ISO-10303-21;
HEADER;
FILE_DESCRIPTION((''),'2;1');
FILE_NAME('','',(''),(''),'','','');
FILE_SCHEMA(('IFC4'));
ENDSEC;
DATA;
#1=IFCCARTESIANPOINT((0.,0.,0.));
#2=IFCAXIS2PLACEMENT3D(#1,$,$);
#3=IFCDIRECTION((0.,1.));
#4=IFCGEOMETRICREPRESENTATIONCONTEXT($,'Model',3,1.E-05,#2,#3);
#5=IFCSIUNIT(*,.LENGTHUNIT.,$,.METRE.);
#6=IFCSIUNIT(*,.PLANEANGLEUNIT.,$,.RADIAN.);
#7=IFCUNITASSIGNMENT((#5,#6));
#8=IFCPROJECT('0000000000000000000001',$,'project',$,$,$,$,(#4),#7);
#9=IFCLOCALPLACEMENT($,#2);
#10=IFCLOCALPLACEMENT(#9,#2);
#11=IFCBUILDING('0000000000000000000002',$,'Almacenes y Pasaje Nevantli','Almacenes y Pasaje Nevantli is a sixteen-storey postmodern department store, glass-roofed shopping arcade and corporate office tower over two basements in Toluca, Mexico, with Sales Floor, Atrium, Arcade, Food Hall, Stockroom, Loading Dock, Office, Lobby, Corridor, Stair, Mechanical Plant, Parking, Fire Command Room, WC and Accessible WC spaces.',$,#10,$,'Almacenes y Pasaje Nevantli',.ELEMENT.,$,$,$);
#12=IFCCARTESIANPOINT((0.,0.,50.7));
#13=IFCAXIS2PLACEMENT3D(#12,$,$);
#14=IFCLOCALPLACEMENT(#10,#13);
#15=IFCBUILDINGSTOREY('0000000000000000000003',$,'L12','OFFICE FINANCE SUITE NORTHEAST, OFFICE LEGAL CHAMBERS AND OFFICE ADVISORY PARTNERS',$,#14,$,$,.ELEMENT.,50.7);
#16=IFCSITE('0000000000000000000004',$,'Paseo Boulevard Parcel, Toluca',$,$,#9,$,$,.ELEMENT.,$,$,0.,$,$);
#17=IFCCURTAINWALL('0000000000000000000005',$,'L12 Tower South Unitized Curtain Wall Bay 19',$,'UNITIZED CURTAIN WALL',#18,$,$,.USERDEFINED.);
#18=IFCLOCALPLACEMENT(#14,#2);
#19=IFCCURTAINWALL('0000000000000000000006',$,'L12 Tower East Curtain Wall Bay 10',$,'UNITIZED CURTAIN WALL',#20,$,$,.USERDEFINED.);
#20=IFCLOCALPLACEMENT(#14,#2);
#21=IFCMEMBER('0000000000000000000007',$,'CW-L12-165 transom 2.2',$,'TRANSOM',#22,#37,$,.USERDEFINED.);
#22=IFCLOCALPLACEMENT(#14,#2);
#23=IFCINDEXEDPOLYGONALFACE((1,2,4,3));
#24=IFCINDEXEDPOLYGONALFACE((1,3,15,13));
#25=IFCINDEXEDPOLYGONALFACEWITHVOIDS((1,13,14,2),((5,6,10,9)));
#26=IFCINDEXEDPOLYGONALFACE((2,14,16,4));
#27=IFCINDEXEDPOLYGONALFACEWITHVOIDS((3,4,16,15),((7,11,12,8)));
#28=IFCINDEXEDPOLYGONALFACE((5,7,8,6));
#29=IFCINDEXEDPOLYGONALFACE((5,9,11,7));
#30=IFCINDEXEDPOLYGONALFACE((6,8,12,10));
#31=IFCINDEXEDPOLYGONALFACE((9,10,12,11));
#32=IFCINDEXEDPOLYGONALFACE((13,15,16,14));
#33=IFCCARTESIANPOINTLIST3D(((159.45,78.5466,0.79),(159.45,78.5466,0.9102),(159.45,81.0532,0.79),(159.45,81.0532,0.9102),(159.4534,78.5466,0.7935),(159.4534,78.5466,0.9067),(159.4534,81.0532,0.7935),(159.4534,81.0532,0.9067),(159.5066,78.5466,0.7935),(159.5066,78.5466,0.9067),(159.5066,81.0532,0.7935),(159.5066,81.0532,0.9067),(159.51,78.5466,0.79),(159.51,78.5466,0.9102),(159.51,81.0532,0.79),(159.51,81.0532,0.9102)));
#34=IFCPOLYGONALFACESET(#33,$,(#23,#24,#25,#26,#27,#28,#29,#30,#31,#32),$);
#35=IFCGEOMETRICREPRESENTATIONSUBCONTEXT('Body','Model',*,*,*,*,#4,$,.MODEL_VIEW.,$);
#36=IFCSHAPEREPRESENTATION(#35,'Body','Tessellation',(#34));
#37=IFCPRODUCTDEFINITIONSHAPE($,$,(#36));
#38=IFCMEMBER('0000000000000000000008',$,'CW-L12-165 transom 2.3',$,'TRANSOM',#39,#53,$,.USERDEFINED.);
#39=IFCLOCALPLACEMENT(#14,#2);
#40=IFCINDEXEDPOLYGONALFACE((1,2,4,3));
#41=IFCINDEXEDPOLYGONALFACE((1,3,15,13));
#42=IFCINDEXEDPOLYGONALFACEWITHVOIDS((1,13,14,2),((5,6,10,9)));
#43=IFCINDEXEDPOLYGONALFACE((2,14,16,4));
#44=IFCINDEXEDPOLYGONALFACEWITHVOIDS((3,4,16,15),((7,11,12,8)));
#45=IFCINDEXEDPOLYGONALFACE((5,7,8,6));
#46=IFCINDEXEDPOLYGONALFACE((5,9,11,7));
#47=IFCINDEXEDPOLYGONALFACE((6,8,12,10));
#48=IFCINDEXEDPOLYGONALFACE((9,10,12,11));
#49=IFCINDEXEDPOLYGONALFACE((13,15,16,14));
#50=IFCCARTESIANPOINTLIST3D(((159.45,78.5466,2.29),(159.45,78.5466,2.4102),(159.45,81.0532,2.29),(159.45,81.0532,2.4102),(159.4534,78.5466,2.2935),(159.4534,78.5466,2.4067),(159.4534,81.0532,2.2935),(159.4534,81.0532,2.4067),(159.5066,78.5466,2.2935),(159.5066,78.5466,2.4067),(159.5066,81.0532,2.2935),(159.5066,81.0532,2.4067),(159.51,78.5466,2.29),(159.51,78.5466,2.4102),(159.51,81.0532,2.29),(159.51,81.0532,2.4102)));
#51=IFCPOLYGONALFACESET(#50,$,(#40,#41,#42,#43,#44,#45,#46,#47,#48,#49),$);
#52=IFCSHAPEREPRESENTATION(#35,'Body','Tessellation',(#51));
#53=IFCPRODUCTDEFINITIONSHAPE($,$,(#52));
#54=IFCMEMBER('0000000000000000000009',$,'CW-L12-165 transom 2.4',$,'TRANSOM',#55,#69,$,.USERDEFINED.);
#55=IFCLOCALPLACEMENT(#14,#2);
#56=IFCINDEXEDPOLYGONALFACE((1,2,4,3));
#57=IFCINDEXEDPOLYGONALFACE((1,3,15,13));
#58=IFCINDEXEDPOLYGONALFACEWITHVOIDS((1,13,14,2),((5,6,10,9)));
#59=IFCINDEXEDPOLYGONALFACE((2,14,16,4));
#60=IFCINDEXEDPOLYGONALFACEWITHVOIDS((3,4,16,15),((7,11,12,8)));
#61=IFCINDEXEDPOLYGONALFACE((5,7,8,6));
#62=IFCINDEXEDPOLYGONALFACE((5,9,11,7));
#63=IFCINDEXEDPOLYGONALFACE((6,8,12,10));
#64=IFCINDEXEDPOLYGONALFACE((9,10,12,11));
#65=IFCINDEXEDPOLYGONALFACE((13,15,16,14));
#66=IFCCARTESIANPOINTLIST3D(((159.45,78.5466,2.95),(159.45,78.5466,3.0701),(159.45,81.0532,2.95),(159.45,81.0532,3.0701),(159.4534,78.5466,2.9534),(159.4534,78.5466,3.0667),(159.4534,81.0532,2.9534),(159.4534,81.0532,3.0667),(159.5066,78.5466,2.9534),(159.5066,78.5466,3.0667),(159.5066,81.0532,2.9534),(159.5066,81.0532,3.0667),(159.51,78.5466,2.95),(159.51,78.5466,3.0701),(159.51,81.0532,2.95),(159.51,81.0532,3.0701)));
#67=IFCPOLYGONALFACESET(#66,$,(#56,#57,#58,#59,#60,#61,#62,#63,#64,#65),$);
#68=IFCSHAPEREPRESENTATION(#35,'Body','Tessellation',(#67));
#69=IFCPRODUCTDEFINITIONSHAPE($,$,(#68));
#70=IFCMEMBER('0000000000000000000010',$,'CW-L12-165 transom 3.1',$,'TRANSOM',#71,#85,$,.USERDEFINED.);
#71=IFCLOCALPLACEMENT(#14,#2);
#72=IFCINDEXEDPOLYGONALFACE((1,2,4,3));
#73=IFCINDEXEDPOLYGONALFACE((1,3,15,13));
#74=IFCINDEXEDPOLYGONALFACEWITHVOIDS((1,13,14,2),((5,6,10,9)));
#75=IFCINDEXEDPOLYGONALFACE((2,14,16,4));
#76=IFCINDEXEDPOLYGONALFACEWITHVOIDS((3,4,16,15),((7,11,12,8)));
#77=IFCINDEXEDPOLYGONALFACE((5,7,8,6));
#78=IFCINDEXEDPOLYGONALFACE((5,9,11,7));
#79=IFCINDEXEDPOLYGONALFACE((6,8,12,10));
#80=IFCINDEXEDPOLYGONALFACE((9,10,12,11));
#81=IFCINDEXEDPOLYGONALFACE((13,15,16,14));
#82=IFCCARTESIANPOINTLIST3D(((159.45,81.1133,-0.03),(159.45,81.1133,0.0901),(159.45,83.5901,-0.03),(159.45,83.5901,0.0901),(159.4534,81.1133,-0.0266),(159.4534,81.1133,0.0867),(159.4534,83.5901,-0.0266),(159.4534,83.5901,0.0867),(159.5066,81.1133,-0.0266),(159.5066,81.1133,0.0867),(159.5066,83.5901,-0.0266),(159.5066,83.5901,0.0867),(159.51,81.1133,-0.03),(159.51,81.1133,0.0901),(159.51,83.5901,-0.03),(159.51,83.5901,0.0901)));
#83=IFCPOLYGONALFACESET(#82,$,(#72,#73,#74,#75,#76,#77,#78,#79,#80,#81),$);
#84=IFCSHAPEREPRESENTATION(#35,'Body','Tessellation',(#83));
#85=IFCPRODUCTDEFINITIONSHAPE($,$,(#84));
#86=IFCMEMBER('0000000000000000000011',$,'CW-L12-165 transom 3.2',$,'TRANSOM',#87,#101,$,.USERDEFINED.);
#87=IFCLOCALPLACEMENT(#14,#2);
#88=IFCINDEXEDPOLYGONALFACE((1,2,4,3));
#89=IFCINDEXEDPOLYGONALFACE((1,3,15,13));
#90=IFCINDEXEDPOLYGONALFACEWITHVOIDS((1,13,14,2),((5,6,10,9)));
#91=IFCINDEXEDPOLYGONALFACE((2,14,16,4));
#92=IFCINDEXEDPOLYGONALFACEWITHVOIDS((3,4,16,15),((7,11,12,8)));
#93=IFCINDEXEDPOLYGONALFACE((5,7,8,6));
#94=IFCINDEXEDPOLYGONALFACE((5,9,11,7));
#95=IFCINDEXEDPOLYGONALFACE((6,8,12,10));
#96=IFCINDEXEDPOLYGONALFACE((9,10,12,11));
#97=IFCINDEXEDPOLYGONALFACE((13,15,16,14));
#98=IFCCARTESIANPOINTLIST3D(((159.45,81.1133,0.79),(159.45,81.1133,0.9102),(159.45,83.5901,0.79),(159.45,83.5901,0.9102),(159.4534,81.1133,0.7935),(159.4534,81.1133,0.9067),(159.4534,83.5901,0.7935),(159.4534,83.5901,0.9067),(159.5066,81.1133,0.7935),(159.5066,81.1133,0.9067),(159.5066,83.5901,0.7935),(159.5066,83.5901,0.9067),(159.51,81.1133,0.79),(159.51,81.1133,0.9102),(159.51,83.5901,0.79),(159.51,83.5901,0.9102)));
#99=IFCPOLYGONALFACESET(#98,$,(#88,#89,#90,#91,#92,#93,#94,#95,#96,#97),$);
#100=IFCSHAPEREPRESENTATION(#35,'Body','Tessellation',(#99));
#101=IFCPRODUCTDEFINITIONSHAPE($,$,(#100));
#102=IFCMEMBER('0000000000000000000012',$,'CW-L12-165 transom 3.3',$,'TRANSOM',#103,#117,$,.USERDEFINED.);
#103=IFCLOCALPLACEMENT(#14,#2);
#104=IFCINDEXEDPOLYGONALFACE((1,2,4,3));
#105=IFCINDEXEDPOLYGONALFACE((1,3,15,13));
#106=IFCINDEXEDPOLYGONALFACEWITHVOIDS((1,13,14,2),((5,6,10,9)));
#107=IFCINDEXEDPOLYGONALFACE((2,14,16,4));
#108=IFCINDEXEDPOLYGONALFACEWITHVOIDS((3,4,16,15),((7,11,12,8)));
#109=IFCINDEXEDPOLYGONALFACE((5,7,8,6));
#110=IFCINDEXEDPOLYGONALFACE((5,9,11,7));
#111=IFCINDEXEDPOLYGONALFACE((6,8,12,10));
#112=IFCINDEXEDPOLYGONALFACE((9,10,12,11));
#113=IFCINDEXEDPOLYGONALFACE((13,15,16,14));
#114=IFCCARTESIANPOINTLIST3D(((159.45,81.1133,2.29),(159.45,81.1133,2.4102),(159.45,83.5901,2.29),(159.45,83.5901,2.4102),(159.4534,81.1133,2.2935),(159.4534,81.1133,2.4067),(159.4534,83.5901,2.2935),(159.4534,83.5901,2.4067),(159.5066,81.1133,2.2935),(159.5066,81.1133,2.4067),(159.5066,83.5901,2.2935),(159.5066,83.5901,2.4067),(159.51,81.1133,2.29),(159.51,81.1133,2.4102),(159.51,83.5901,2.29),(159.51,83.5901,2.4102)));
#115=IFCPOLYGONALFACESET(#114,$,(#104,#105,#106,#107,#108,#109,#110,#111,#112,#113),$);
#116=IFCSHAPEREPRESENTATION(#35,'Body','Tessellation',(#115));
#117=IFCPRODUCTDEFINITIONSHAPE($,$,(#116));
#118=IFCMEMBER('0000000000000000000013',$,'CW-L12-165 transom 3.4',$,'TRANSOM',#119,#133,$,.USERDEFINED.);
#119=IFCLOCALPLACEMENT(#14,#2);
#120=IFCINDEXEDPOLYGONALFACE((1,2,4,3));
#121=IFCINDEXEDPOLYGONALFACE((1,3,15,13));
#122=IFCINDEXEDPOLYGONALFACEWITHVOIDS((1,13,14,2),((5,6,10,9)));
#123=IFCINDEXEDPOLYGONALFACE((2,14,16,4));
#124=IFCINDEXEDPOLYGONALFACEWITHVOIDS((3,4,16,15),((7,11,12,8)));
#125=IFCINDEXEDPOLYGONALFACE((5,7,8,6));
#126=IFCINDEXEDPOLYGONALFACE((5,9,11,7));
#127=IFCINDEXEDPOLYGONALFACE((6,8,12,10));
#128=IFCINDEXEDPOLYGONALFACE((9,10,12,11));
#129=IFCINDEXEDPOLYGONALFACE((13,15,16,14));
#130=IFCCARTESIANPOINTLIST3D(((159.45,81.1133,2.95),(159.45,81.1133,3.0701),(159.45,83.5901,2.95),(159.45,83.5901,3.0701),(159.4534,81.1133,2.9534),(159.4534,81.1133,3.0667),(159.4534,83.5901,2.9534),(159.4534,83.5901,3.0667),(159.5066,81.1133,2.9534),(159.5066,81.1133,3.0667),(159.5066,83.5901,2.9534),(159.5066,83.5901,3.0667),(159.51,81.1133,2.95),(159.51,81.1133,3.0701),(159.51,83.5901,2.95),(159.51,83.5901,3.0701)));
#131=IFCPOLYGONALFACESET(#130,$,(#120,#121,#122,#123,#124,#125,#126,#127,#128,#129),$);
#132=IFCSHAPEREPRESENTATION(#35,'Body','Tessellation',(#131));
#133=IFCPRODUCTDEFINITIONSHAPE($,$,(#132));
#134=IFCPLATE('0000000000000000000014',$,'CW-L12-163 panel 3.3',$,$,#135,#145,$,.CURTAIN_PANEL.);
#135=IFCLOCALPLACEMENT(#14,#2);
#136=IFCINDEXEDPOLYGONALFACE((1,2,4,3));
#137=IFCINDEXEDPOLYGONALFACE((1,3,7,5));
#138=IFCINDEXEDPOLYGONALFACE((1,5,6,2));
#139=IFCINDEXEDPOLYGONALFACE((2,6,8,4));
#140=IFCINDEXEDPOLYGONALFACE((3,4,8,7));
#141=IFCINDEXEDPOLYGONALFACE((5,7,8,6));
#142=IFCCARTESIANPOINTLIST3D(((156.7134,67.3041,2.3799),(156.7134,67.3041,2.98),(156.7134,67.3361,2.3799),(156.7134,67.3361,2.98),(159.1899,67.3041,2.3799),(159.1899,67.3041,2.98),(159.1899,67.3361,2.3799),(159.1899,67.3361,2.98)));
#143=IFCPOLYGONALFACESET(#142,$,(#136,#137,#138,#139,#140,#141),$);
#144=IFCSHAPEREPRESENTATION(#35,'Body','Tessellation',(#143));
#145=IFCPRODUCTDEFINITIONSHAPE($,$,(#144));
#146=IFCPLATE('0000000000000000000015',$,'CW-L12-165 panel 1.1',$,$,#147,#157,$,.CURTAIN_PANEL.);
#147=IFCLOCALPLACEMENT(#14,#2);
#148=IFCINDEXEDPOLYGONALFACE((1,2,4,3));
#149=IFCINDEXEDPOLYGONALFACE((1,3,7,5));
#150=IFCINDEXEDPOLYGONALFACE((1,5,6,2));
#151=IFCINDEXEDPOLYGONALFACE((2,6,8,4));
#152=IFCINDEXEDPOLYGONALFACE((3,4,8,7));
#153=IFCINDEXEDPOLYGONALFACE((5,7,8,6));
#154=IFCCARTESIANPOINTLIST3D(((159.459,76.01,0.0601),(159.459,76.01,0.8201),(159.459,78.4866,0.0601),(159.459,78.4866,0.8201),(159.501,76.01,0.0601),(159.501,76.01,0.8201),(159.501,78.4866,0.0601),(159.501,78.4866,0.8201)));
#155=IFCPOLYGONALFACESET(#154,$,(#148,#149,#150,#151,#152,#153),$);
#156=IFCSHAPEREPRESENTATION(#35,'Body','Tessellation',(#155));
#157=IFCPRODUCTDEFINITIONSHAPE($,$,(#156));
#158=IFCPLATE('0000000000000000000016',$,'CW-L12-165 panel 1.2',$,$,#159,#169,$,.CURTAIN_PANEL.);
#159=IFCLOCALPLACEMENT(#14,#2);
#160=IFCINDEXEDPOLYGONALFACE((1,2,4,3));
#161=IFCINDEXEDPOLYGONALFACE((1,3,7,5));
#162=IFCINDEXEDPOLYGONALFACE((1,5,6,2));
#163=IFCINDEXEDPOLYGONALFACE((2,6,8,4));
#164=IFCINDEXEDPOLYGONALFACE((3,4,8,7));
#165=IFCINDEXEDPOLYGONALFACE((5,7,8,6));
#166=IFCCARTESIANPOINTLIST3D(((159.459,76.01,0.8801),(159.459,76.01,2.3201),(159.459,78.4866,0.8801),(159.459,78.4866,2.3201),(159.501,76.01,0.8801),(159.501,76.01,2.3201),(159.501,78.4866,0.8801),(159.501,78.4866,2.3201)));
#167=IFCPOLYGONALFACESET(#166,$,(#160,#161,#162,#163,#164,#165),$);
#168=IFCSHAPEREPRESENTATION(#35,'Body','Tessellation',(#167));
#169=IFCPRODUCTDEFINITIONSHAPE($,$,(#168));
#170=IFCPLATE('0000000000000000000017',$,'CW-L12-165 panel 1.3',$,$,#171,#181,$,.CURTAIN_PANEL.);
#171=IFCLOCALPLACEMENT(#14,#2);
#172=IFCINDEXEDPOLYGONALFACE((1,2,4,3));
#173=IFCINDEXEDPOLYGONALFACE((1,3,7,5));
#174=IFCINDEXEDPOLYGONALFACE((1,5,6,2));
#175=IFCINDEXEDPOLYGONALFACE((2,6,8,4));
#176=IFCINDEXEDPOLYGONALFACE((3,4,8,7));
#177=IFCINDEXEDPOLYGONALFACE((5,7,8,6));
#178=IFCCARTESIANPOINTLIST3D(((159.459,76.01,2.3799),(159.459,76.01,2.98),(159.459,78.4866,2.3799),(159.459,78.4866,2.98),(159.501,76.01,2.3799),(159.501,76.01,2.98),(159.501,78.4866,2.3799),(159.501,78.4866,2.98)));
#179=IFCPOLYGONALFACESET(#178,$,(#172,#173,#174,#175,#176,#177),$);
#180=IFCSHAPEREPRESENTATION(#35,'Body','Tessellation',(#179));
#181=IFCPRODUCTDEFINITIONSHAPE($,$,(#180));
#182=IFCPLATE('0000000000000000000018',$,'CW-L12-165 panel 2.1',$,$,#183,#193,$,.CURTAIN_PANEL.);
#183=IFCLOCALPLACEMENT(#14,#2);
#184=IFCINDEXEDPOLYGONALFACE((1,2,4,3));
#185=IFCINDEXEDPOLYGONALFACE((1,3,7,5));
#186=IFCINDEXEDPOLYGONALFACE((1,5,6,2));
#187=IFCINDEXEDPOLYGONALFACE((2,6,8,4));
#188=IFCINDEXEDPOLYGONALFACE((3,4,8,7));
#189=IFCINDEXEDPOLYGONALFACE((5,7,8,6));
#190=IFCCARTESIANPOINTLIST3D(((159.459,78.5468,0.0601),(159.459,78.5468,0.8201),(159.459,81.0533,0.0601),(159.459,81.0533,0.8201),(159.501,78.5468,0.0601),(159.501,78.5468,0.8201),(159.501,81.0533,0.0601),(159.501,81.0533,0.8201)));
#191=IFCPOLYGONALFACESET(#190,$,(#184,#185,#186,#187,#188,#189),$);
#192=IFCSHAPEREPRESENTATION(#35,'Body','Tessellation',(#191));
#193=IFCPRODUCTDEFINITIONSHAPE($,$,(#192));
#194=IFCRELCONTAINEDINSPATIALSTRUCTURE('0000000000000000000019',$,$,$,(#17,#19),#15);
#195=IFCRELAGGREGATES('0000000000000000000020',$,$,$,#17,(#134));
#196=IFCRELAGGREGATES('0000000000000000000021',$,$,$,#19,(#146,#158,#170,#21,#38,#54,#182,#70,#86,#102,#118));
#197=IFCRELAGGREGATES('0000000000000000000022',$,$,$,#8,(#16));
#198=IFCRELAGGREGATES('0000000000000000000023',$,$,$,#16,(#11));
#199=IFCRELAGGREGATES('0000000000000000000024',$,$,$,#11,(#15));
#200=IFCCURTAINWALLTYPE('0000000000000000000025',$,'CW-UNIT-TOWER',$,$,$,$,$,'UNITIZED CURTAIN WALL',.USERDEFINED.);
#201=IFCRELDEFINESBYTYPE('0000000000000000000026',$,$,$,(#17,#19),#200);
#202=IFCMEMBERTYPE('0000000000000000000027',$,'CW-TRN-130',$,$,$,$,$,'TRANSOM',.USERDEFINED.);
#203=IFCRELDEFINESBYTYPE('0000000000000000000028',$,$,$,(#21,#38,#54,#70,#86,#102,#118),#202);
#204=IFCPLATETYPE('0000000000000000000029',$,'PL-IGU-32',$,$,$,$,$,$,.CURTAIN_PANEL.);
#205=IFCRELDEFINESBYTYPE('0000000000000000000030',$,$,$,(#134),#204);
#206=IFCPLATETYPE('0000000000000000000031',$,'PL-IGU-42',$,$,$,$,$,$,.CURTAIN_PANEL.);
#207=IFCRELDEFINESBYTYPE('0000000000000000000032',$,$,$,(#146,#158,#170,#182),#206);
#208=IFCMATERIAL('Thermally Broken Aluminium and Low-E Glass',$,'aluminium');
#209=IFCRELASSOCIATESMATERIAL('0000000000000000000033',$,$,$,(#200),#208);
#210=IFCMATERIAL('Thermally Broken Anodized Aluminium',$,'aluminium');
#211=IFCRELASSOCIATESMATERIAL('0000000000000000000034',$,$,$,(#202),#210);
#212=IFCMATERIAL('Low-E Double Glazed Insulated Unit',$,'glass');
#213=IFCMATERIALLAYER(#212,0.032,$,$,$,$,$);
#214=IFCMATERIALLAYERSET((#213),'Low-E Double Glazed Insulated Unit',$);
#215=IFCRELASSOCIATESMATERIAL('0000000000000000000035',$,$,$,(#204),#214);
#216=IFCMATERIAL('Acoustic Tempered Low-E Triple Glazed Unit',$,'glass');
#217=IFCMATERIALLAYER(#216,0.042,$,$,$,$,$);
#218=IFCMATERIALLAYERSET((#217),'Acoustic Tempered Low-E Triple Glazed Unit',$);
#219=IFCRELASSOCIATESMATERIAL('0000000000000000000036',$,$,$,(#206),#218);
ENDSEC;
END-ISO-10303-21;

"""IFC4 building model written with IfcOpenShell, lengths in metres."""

from ifc_helpers import new_model, si_unit, direction, frame, origin, origin_2d, place, context, subcontext, project, spatial, rectangle, hollow_rectangle, extrude, material, layer, layer_set, material_profile, profile_set, type_object, element, aggregate, save


model = new_model("IFC4")

# Units and contexts
model_context = context("Model", 3, precision=1e-05, world=origin(), true_north=direction((0.0, 1.0)))
body_context = subcontext(model_context, "Body", "Model", "MODEL_VIEW")
ifc_project = project(units=[si_unit("LENGTHUNIT", "METRE"), si_unit("PLANEANGLEUNIT", "RADIAN")], contexts=[model_context])

# Site, building, storey
site_placement = place(None, origin())
site = spatial("IfcSite", under=ifc_project, at=site_placement, Name="Paseo Boulevard Parcel, Toluca", CompositionType="ELEMENT", RefElevation=0.0)
building_placement = place(site_placement, origin())
building = spatial("IfcBuilding", under=site, at=building_placement, Name="Almacenes y Pasaje Nevantli", Description="Almacenes y Pasaje Nevantli is a sixteen-storey postmodern department store, glass-roofed shopping arcade and corporate office tower over two basements in Toluca, Mexico, with Sales Floor, Atrium, Arcade, Food Hall, Stockroom, Loading Dock, Office, Lobby, Corridor, Stair, Mechanical Plant, Parking, Fire Command Room, WC and Accessible WC spaces.", LongName="Almacenes y Pasaje Nevantli", CompositionType="ELEMENT")
storey_placement = place(building_placement, frame((0.0, 0.0, 50.7)))
storey = spatial("IfcBuildingStorey", under=building, at=storey_placement, Name="L12", Description="OFFICE FINANCE SUITE NORTHEAST, OFFICE LEGAL CHAMBERS AND OFFICE ADVISORY PARTNERS", CompositionType="ELEMENT", Elevation=50.7)

# Curtain wall
ifc_material_1 = material(Name="Thermally Broken Aluminium and Low-E Glass", Category="aluminium")
curtain_wall_type = type_object("IfcCurtainWallType", Name="CW-UNIT-TOWER", ElementType="UNITIZED CURTAIN WALL", PredefinedType="USERDEFINED", material=ifc_material_1)
curtain_wall_1_placement = place(storey_placement, origin())
curtain_wall_1 = element("IfcCurtainWall", 1, at=curtain_wall_1_placement, inside=storey, type_object=curtain_wall_type, Name="L12 Tower South Unitized Curtain Wall Bay 19", ObjectType="UNITIZED CURTAIN WALL", PredefinedType="USERDEFINED")

# Curtain wall, members
curtain_wall_2_placement = place(storey_placement, origin())
curtain_wall_2 = element("IfcCurtainWall", 2, at=curtain_wall_2_placement, inside=storey, type_object=curtain_wall_type, Name="L12 Tower East Curtain Wall Bay 10", ObjectType="UNITIZED CURTAIN WALL", PredefinedType="USERDEFINED")
ifc_material_2 = material(Name="Thermally Broken Anodized Aluminium", Category="aluminium")
ifc_material_profile_1 = material_profile(ifc_material_2, hollow_rectangle(XDim=0.0601, YDim=0.1201, WallThickness=0.0034, at=origin_2d()), Name="ALU-TRN-60x120")
ifc_profile_set_1 = profile_set([ifc_material_profile_1], Name="Thermally Broken Anodized Aluminium")
member_type_1 = type_object("IfcMemberType", Name="CW-TRN-130", ElementType="TRANSOM", PredefinedType="USERDEFINED", material=ifc_profile_set_1)
member_1_placement = place(storey_placement, frame((159.48, 78.5466, 0.8501), z_axis=(0.0, 1.0, 0.0), x_axis=(-1.0, 0.0, 0.0)))
member_1 = element("IfcMember", 3, at=member_1_placement, type_object=member_type_1, Name="CW-L12-165 transom 2.2", ObjectType="TRANSOM", PredefinedType="USERDEFINED", context=body_context, shape_type="SweptSolid", body=[
    extrude(hollow_rectangle(XDim=0.0601, YDim=0.1201, WallThickness=0.0034, at=origin_2d()), origin(), (0.0, 0.0, 1.0), 2.5066),
])
member_2_placement = place(storey_placement, frame((159.48, 78.5466, 2.3501), z_axis=(0.0, 1.0, 0.0), x_axis=(-1.0, 0.0, 0.0)))
member_2 = element("IfcMember", 4, at=member_2_placement, type_object=member_type_1, Name="CW-L12-165 transom 2.3", ObjectType="TRANSOM", PredefinedType="USERDEFINED", context=body_context, shape_type="SweptSolid", body=[
    extrude(hollow_rectangle(XDim=0.0601, YDim=0.1201, WallThickness=0.0034, at=origin_2d()), origin(), (0.0, 0.0, 1.0), 2.5066),
])
member_3_placement = place(storey_placement, frame((159.48, 78.5466, 3.01), z_axis=(0.0, 1.0, 0.0), x_axis=(-1.0, 0.0, 0.0)))
member_3 = element("IfcMember", 5, at=member_3_placement, type_object=member_type_1, Name="CW-L12-165 transom 2.4", ObjectType="TRANSOM", PredefinedType="USERDEFINED", context=body_context, shape_type="SweptSolid", body=[
    extrude(hollow_rectangle(XDim=0.0601, YDim=0.1201, WallThickness=0.0034, at=origin_2d()), origin(), (0.0, 0.0, 1.0), 2.5066),
])
member_4_placement = place(storey_placement, frame((159.48, 81.1133, 0.03), z_axis=(0.0, 1.0, 0.0), x_axis=(-1.0, 0.0, 0.0)))
member_4 = element("IfcMember", 6, at=member_4_placement, type_object=member_type_1, Name="CW-L12-165 transom 3.1", ObjectType="TRANSOM", PredefinedType="USERDEFINED", context=body_context, shape_type="SweptSolid", body=[
    extrude(hollow_rectangle(XDim=0.0601, YDim=0.1201, WallThickness=0.0034, at=origin_2d()), origin(), (0.0, 0.0, 1.0), 2.4768),
])
member_5_placement = place(storey_placement, frame((159.48, 81.1133, 0.8501), z_axis=(0.0, 1.0, 0.0), x_axis=(-1.0, 0.0, 0.0)))
member_5 = element("IfcMember", 7, at=member_5_placement, type_object=member_type_1, Name="CW-L12-165 transom 3.2", ObjectType="TRANSOM", PredefinedType="USERDEFINED", context=body_context, shape_type="SweptSolid", body=[
    extrude(hollow_rectangle(XDim=0.0601, YDim=0.1201, WallThickness=0.0034, at=origin_2d()), origin(), (0.0, 0.0, 1.0), 2.4768),
])
member_6_placement = place(storey_placement, frame((159.48, 81.1133, 2.3501), z_axis=(0.0, 1.0, 0.0), x_axis=(-1.0, 0.0, 0.0)))
member_6 = element("IfcMember", 8, at=member_6_placement, type_object=member_type_1, Name="CW-L12-165 transom 3.3", ObjectType="TRANSOM", PredefinedType="USERDEFINED", context=body_context, shape_type="SweptSolid", body=[
    extrude(hollow_rectangle(XDim=0.0601, YDim=0.1201, WallThickness=0.0034, at=origin_2d()), origin(), (0.0, 0.0, 1.0), 2.4768),
])
member_7_placement = place(storey_placement, frame((159.48, 81.1133, 3.01), z_axis=(0.0, 1.0, 0.0), x_axis=(-1.0, 0.0, 0.0)))
member_7 = element("IfcMember", 9, at=member_7_placement, type_object=member_type_1, Name="CW-L12-165 transom 3.4", ObjectType="TRANSOM", PredefinedType="USERDEFINED", context=body_context, shape_type="SweptSolid", body=[
    extrude(hollow_rectangle(XDim=0.0601, YDim=0.1201, WallThickness=0.0034, at=origin_2d()), origin(), (0.0, 0.0, 1.0), 2.4768),
])

# Plates
ifc_material_3 = material(Name="Low-E Double Glazed Insulated Unit", Category="glass")
ifc_layer_1 = layer(ifc_material_3, 0.032)
ifc_layer_set_1 = layer_set([ifc_layer_1], Name="Low-E Double Glazed Insulated Unit")
plate_type_1 = type_object("IfcPlateType", Name="PL-IGU-32", PredefinedType="CURTAIN_PANEL", material=ifc_layer_set_1)
plate_1_placement = place(storey_placement, frame((157.9517, 67.3201, 2.3799), z_axis=(0.0, 0.0, 1.0), x_axis=(1.0, 0.0, 0.0)))
plate_1 = element("IfcPlate", 10, at=plate_1_placement, type_object=plate_type_1, Name="CW-L12-163 panel 3.3", PredefinedType="CURTAIN_PANEL", context=body_context, shape_type="SweptSolid", body=[
    extrude(rectangle(XDim=2.4766, YDim=0.032, at=origin_2d()), origin(), (0.0, 0.0, 1.0), 0.6001),
])
aggregate(curtain_wall_1, [plate_1])
ifc_material_4 = material(Name="Acoustic Tempered Low-E Triple Glazed Unit", Category="glass")
ifc_layer_2 = layer(ifc_material_4, 0.042)
ifc_layer_set_2 = layer_set([ifc_layer_2], Name="Acoustic Tempered Low-E Triple Glazed Unit")
plate_type_2 = type_object("IfcPlateType", Name="PL-IGU-42", PredefinedType="CURTAIN_PANEL", material=ifc_layer_set_2)
plate_2_placement = place(storey_placement, frame((159.48, 77.2483, 0.0601), z_axis=(0.0, 0.0, 1.0), x_axis=(0.0, 1.0, 0.0)))
plate_2 = element("IfcPlate", 11, at=plate_2_placement, type_object=plate_type_2, Name="CW-L12-165 panel 1.1", PredefinedType="CURTAIN_PANEL", context=body_context, shape_type="SweptSolid", body=[
    extrude(rectangle(XDim=2.4766, YDim=0.042, at=origin_2d()), origin(), (0.0, 0.0, 1.0), 0.76),
])
plate_3_placement = place(storey_placement, frame((159.48, 77.2483, 0.8801), z_axis=(0.0, 0.0, 1.0), x_axis=(0.0, 1.0, 0.0)))
plate_3 = element("IfcPlate", 12, at=plate_3_placement, type_object=plate_type_2, Name="CW-L12-165 panel 1.2", PredefinedType="CURTAIN_PANEL", context=body_context, shape_type="SweptSolid", body=[
    extrude(rectangle(XDim=2.4766, YDim=0.042, at=origin_2d()), origin(), (0.0, 0.0, 1.0), 1.4399),
])
plate_4_placement = place(storey_placement, frame((159.48, 77.2483, 2.3799), z_axis=(0.0, 0.0, 1.0), x_axis=(0.0, 1.0, 0.0)))
plate_4 = element("IfcPlate", 13, at=plate_4_placement, type_object=plate_type_2, Name="CW-L12-165 panel 1.3", PredefinedType="CURTAIN_PANEL", context=body_context, shape_type="SweptSolid", body=[
    extrude(rectangle(XDim=2.4766, YDim=0.042, at=origin_2d()), origin(), (0.0, 0.0, 1.0), 0.6001),
])
plate_5_placement = place(storey_placement, frame((159.48, 79.8, 0.0601), z_axis=(0.0, 0.0, 1.0), x_axis=(0.0, 1.0, 0.0)))
plate_5 = element("IfcPlate", 14, at=plate_5_placement, type_object=plate_type_2, Name="CW-L12-165 panel 2.1", PredefinedType="CURTAIN_PANEL", context=body_context, shape_type="SweptSolid", body=[
    extrude(rectangle(XDim=2.5066, YDim=0.042, at=origin_2d()), origin(), (0.0, 0.0, 1.0), 0.76),
])
aggregate(curtain_wall_2, [plate_2, plate_3, plate_4, member_1, member_2, member_3, plate_5, member_4, member_5, member_6, member_7])

save(model, "model.ifc")
